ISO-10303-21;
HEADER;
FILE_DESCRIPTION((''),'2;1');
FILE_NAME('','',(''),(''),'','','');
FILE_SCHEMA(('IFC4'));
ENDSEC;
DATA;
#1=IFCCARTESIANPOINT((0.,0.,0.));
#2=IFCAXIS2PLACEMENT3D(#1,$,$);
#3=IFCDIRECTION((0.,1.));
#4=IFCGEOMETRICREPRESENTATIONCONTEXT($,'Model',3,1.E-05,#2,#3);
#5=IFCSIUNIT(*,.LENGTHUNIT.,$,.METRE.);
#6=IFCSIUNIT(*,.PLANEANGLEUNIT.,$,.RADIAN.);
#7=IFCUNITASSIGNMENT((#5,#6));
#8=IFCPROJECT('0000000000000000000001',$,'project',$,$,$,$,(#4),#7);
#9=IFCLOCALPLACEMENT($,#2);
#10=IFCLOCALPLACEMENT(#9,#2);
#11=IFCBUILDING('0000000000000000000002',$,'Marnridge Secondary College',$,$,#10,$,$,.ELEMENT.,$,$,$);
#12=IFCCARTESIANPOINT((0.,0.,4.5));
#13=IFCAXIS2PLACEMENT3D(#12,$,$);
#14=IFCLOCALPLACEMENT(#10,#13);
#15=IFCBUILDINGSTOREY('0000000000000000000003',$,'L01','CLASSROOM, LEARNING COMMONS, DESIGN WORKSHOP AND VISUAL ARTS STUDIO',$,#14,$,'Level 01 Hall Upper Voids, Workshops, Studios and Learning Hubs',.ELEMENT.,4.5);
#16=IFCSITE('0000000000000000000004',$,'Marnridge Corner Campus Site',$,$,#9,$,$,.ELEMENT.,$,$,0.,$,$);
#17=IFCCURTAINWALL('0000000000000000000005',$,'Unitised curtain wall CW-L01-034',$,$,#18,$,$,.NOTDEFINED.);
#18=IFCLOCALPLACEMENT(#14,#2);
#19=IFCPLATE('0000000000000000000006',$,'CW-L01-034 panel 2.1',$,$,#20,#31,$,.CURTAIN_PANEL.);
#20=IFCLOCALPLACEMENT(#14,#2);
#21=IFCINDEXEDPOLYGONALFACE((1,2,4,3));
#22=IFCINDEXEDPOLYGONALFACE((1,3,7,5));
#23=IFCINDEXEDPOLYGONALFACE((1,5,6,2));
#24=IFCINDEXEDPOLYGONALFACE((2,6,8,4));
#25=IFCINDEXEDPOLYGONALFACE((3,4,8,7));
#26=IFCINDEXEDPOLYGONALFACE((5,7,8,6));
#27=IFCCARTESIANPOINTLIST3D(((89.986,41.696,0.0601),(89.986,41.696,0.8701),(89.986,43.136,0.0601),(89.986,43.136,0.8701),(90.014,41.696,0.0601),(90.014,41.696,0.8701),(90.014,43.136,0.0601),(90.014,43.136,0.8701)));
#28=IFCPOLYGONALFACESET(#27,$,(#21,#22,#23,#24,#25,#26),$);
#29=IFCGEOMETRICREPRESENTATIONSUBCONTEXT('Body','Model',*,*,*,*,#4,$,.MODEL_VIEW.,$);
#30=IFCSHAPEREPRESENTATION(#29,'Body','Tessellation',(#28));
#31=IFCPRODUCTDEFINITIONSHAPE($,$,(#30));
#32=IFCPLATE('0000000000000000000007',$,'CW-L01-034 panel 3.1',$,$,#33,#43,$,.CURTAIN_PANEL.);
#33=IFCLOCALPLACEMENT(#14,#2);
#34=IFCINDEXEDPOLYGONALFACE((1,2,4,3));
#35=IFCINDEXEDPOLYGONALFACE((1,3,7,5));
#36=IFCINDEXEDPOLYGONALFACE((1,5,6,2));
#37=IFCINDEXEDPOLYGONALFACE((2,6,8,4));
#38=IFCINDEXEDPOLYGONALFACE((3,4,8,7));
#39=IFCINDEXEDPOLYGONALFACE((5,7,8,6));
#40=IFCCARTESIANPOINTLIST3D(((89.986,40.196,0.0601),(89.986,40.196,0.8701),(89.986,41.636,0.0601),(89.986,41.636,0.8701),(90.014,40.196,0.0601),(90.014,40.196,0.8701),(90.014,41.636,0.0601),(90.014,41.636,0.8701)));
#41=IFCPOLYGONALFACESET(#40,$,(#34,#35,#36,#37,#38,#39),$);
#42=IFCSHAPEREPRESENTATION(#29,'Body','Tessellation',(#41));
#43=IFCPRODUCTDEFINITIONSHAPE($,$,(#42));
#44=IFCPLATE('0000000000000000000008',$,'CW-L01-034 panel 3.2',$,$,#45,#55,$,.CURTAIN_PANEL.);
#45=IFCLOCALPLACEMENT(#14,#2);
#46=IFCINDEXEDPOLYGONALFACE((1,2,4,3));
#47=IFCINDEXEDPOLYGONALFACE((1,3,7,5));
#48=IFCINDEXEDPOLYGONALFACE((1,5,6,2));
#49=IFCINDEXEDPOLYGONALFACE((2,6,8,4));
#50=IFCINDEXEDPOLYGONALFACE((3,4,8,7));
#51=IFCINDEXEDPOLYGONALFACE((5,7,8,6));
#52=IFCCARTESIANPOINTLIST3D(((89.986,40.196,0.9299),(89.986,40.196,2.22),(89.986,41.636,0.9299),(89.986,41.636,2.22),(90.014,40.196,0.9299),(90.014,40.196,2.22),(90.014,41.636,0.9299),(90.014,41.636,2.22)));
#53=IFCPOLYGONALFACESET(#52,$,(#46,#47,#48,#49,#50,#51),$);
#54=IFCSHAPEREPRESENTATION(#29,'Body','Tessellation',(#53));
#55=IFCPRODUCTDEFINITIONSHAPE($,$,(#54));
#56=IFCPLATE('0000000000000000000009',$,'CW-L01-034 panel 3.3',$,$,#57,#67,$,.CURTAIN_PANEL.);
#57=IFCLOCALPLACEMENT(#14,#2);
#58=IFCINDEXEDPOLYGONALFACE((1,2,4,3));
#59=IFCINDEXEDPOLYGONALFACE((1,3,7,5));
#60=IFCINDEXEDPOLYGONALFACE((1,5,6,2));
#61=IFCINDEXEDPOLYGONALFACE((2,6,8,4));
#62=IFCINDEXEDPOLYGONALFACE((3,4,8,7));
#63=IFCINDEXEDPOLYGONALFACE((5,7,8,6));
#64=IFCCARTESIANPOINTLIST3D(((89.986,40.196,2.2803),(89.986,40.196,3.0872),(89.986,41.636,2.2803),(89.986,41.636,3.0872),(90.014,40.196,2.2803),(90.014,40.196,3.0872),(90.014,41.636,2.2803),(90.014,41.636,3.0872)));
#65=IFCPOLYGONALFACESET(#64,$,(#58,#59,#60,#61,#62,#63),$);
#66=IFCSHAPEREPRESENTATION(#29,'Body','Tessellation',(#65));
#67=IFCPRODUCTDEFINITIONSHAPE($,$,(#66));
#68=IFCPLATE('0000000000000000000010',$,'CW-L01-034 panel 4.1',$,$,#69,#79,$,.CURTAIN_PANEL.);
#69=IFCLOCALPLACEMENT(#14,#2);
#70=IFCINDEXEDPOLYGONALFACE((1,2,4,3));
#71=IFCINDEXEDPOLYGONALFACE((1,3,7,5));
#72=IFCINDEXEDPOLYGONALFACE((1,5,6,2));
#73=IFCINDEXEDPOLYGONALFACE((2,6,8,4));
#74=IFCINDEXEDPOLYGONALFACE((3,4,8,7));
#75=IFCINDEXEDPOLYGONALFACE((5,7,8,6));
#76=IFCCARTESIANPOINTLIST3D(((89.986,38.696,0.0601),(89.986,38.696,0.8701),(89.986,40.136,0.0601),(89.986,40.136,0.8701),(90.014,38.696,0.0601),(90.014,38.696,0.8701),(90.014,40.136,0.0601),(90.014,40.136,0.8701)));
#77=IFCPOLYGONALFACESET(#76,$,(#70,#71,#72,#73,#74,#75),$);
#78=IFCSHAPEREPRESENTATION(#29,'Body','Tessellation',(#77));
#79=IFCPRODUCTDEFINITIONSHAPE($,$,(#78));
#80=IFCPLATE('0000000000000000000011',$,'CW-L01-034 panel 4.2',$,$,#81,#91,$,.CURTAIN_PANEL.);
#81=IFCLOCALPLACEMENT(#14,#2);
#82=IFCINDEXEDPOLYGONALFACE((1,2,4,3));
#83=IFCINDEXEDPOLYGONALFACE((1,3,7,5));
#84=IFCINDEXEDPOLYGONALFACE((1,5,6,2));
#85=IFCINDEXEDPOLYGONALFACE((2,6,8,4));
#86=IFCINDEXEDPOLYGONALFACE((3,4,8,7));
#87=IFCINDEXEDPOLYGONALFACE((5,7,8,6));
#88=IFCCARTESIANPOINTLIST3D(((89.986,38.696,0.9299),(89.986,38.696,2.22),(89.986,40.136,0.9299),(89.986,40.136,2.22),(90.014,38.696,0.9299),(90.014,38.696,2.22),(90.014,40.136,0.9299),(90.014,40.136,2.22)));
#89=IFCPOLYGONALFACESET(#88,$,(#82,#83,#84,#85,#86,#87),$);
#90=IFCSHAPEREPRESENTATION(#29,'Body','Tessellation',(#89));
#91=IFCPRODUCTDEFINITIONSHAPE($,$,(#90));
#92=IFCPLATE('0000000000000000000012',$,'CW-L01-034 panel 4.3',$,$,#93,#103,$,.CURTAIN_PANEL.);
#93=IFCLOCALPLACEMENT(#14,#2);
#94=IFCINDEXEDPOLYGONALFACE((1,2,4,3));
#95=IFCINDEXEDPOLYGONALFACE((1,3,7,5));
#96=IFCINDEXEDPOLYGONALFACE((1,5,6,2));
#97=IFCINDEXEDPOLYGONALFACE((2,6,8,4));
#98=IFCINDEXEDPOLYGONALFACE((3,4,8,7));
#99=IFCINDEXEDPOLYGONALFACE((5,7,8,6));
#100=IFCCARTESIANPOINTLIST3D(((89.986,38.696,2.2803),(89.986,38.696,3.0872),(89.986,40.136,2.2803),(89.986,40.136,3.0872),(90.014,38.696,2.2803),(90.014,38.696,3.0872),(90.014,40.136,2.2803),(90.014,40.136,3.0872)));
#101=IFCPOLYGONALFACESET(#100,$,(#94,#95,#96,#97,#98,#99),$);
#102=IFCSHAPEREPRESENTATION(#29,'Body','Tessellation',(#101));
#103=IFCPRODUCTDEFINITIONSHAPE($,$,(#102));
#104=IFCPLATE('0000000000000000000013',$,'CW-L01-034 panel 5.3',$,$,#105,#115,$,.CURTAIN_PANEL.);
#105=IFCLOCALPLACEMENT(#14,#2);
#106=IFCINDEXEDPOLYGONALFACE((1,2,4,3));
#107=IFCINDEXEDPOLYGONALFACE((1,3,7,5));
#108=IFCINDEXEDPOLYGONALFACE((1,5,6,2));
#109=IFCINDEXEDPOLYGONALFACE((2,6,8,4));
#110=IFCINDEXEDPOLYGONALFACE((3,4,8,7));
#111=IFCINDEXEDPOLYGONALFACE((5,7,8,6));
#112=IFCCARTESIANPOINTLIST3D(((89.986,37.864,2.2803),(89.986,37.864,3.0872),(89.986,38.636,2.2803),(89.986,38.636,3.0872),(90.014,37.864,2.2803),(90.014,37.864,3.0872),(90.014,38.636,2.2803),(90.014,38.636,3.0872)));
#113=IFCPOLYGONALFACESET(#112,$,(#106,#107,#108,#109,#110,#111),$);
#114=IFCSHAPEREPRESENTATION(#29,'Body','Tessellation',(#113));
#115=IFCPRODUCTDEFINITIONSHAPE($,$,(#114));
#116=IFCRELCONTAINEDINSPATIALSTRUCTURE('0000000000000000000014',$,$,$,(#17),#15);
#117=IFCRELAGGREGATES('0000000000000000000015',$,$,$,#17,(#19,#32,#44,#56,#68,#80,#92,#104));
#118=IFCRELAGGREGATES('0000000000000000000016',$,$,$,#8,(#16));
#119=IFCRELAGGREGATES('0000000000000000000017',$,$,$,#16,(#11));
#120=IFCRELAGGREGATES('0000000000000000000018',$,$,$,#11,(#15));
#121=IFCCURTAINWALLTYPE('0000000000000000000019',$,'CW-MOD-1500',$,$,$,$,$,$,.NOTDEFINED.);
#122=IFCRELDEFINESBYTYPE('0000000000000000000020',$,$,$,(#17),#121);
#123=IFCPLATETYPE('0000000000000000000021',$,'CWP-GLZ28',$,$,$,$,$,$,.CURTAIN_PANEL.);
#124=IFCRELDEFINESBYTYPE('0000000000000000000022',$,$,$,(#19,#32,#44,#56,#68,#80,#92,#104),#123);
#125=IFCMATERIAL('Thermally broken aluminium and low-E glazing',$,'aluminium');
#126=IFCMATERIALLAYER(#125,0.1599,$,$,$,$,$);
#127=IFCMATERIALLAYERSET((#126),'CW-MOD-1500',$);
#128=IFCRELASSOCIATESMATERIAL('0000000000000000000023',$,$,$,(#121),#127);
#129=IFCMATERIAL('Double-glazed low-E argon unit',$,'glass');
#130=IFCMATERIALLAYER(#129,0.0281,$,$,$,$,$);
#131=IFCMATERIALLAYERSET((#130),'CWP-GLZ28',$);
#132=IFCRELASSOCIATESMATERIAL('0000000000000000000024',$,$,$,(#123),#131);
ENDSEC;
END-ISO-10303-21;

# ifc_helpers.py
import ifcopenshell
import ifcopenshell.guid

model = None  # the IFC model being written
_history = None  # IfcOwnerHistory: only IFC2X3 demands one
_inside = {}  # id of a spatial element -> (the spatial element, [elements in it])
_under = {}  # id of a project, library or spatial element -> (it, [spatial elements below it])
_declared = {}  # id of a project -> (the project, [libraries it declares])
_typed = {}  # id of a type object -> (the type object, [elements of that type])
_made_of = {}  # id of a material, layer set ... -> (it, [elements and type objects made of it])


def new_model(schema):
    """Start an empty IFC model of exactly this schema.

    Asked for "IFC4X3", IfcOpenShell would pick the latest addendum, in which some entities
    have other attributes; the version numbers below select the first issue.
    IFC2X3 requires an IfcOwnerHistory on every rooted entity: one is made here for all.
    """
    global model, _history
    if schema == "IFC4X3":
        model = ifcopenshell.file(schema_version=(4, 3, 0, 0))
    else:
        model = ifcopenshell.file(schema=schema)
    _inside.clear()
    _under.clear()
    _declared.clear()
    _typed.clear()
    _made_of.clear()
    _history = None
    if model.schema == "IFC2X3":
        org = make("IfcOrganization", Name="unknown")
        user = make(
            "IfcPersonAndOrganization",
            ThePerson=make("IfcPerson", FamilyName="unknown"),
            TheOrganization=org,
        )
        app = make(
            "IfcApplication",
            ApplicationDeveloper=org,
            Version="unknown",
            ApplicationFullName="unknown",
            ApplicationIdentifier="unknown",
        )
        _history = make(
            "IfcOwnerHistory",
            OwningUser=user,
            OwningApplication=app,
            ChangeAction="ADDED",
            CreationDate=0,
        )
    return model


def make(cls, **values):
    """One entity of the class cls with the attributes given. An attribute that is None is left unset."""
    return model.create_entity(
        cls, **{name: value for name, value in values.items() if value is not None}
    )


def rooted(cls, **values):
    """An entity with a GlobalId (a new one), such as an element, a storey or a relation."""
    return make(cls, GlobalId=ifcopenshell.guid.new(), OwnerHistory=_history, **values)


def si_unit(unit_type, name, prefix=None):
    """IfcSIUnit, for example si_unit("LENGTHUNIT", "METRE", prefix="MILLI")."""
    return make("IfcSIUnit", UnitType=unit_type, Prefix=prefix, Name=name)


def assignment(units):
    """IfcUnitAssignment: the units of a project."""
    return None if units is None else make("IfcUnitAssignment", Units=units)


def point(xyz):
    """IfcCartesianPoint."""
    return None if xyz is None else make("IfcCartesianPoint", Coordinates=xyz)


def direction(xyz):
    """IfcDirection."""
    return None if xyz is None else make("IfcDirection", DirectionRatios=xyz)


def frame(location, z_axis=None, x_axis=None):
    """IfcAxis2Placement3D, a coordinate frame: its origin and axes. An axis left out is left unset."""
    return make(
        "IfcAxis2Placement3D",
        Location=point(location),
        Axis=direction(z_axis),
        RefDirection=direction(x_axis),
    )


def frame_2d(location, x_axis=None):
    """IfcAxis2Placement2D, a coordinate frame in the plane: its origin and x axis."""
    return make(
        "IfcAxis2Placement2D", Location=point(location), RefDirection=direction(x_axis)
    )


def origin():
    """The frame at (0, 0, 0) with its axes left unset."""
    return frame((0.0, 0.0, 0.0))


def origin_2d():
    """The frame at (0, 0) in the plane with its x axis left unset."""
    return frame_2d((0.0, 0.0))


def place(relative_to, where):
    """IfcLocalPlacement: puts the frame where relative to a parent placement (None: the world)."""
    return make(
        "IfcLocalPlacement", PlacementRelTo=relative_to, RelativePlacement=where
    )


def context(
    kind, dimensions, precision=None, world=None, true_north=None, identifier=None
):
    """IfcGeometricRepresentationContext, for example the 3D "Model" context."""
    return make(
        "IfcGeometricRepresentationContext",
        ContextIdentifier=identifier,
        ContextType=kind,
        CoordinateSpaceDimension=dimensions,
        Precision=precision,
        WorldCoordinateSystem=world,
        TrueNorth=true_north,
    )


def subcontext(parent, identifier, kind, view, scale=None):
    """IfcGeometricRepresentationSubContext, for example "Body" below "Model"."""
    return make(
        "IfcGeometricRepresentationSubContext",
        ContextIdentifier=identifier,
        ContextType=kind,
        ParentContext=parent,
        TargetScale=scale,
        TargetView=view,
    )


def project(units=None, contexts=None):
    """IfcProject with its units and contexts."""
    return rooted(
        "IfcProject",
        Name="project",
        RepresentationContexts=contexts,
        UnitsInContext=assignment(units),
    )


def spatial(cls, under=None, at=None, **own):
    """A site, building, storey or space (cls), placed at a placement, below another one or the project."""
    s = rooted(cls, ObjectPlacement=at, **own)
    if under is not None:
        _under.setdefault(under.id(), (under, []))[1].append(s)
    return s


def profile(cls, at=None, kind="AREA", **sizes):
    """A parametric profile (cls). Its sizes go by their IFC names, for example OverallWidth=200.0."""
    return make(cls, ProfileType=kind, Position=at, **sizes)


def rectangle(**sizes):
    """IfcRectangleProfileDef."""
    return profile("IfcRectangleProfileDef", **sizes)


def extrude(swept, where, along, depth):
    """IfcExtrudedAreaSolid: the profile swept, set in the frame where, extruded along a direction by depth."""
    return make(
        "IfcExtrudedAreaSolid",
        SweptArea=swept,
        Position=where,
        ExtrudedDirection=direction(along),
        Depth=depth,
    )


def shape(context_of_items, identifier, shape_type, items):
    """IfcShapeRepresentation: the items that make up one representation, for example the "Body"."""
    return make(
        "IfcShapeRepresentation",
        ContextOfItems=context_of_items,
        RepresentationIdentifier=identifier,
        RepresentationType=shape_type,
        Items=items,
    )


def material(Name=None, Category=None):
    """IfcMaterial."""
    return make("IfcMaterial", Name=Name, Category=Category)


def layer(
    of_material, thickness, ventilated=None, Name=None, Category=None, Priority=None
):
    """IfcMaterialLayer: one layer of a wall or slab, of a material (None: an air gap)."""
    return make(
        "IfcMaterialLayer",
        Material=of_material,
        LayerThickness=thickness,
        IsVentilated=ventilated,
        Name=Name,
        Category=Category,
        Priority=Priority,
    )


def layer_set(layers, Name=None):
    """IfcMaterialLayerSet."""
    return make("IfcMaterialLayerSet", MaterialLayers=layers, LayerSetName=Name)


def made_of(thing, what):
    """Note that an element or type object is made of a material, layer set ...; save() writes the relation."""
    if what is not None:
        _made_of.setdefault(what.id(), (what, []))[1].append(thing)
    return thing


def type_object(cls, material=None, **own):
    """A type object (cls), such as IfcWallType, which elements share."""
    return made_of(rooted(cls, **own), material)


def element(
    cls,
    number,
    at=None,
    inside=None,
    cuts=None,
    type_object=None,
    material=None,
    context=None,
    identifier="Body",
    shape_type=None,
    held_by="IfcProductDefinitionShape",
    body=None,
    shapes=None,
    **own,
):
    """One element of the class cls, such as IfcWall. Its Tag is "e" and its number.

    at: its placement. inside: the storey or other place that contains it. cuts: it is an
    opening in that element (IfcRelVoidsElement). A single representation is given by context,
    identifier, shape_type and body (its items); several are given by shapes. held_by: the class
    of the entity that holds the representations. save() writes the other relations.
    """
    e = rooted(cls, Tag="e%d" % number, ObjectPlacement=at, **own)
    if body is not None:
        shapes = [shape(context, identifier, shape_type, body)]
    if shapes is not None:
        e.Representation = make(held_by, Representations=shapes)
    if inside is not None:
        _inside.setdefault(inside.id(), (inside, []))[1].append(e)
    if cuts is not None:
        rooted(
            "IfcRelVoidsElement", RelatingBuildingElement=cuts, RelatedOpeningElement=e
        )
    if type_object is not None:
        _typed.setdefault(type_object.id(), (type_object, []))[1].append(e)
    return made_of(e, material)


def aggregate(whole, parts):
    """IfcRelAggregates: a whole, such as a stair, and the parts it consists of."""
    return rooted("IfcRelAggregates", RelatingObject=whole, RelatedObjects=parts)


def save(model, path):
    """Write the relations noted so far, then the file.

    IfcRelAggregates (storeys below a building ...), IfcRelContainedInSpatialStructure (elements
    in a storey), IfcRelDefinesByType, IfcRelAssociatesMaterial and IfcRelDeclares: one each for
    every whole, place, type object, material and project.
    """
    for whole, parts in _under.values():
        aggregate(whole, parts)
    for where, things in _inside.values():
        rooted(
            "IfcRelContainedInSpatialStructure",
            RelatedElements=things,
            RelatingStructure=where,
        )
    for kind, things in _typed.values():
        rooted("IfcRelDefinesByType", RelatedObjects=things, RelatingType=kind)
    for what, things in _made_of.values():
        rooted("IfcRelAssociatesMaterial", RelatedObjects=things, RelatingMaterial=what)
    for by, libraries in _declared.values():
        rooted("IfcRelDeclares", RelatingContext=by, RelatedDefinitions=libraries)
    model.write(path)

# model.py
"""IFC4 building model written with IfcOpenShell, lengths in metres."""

from ifc_helpers import new_model, si_unit, direction, frame, origin, origin_2d, place, context, subcontext, project, spatial, rectangle, extrude, material, layer, layer_set, type_object, element, aggregate, save


model = new_model("IFC4")

# Units and contexts
model_context = context("Model", 3, precision=1e-05, world=origin(), true_north=direction((0.0, 1.0)))
body_context = subcontext(model_context, "Body", "Model", "MODEL_VIEW")
ifc_project = project(units=[si_unit("LENGTHUNIT", "METRE"), si_unit("PLANEANGLEUNIT", "RADIAN")], contexts=[model_context])

# Site, building, storey
site_placement = place(None, origin())
site = spatial("IfcSite", under=ifc_project, at=site_placement, Name="Marnridge Corner Campus Site", CompositionType="ELEMENT", RefElevation=0.0)
building_placement = place(site_placement, origin())
building = spatial("IfcBuilding", under=site, at=building_placement, Name="Marnridge Secondary College", CompositionType="ELEMENT")
storey_placement = place(building_placement, frame((0.0, 0.0, 4.5)))
storey = spatial("IfcBuildingStorey", under=building, at=storey_placement, Name="L01", Description="CLASSROOM, LEARNING COMMONS, DESIGN WORKSHOP AND VISUAL ARTS STUDIO", LongName="Level 01 Hall Upper Voids, Workshops, Studios and Learning Hubs", CompositionType="ELEMENT", Elevation=4.5)

# Curtain wall, plates
ifc_material_1 = material(Name="Thermally broken aluminium and low-E glazing", Category="aluminium")
ifc_layer_1 = layer(ifc_material_1, 0.1599)
ifc_layer_set_1 = layer_set([ifc_layer_1], Name="CW-MOD-1500")
curtain_wall_type = type_object("IfcCurtainWallType", Name="CW-MOD-1500", PredefinedType="NOTDEFINED", material=ifc_layer_set_1)
curtain_wall_placement = place(storey_placement, origin())
curtain_wall = element("IfcCurtainWall", 1, at=curtain_wall_placement, inside=storey, type_object=curtain_wall_type, Name="Unitised curtain wall CW-L01-034", PredefinedType="NOTDEFINED")
ifc_material_2 = material(Name="Double-glazed low-E argon unit", Category="glass")
ifc_layer_2 = layer(ifc_material_2, 0.0281)
ifc_layer_set_2 = layer_set([ifc_layer_2], Name="CWP-GLZ28")
plate_type = type_object("IfcPlateType", Name="CWP-GLZ28", PredefinedType="CURTAIN_PANEL", material=ifc_layer_set_2)
plate_1_placement = place(storey_placement, frame((90.0, 42.416, 0.0601), z_axis=(0.0, 0.0, 1.0), x_axis=(0.0, -1.0, 0.0)))
plate_1 = element("IfcPlate", 2, at=plate_1_placement, type_object=plate_type, Name="CW-L01-034 panel 2.1", PredefinedType="CURTAIN_PANEL", context=body_context, shape_type="SweptSolid", body=[
    extrude(rectangle(XDim=1.4399, YDim=0.0281, at=origin_2d()), origin(), (0.0, 0.0, 1.0), 0.8101),
])
plate_2_placement = place(storey_placement, frame((90.0, 40.916, 0.0601), z_axis=(0.0, 0.0, 1.0), x_axis=(0.0, -1.0, 0.0)))
plate_2 = element("IfcPlate", 3, at=plate_2_placement, type_object=plate_type, Name="CW-L01-034 panel 3.1", PredefinedType="CURTAIN_PANEL", context=body_context, shape_type="SweptSolid", body=[
    extrude(rectangle(XDim=1.4399, YDim=0.0281, at=origin_2d()), origin(), (0.0, 0.0, 1.0), 0.8101),
])
plate_3_placement = place(storey_placement, frame((90.0, 40.916, 0.9299), z_axis=(0.0, 0.0, 1.0), x_axis=(0.0, -1.0, 0.0)))
plate_3 = element("IfcPlate", 4, at=plate_3_placement, type_object=plate_type, Name="CW-L01-034 panel 3.2", PredefinedType="CURTAIN_PANEL", context=body_context, shape_type="SweptSolid", body=[
    extrude(rectangle(XDim=1.4399, YDim=0.0281, at=origin_2d()), origin(), (0.0, 0.0, 1.0), 1.29),
])
plate_4_placement = place(storey_placement, frame((90.0, 40.916, 2.2803), z_axis=(0.0, 0.0, 1.0), x_axis=(0.0, -1.0, 0.0)))
plate_4 = element("IfcPlate", 5, at=plate_4_placement, type_object=plate_type, Name="CW-L01-034 panel 3.3", PredefinedType="CURTAIN_PANEL", context=body_context, shape_type="SweptSolid", body=[
    extrude(rectangle(XDim=1.4399, YDim=0.0281, at=origin_2d()), origin(), (0.0, 0.0, 1.0), 0.8069),
])
plate_5_placement = place(storey_placement, frame((90.0, 39.416, 0.0601), z_axis=(0.0, 0.0, 1.0), x_axis=(0.0, -1.0, 0.0)))
plate_5 = element("IfcPlate", 6, at=plate_5_placement, type_object=plate_type, Name="CW-L01-034 panel 4.1", PredefinedType="CURTAIN_PANEL", context=body_context, shape_type="SweptSolid", body=[
    extrude(rectangle(XDim=1.4399, YDim=0.0281, at=origin_2d()), origin(), (0.0, 0.0, 1.0), 0.8101),
])
plate_6_placement = place(storey_placement, frame((90.0, 39.416, 0.9299), z_axis=(0.0, 0.0, 1.0), x_axis=(0.0, -1.0, 0.0)))
plate_6 = element("IfcPlate", 7, at=plate_6_placement, type_object=plate_type, Name="CW-L01-034 panel 4.2", PredefinedType="CURTAIN_PANEL", context=body_context, shape_type="SweptSolid", body=[
    extrude(rectangle(XDim=1.4399, YDim=0.0281, at=origin_2d()), origin(), (0.0, 0.0, 1.0), 1.29),
])
plate_7_placement = place(storey_placement, frame((90.0, 39.416, 2.2803), z_axis=(0.0, 0.0, 1.0), x_axis=(0.0, -1.0, 0.0)))
plate_7 = element("IfcPlate", 8, at=plate_7_placement, type_object=plate_type, Name="CW-L01-034 panel 4.3", PredefinedType="CURTAIN_PANEL", context=body_context, shape_type="SweptSolid", body=[
    extrude(rectangle(XDim=1.4399, YDim=0.0281, at=origin_2d()), origin(), (0.0, 0.0, 1.0), 0.8069),
])
plate_8_placement = place(storey_placement, frame((90.0, 38.25, 2.2803), z_axis=(0.0, 0.0, 1.0), x_axis=(0.0, -1.0, 0.0)))
plate_8 = element("IfcPlate", 9, at=plate_8_placement, type_object=plate_type, Name="CW-L01-034 panel 5.3", PredefinedType="CURTAIN_PANEL", context=body_context, shape_type="SweptSolid", body=[
    extrude(rectangle(XDim=0.772, YDim=0.0281, at=origin_2d()), origin(), (0.0, 0.0, 1.0), 0.8069),
])
aggregate(curtain_wall, [plate_1, plate_2, plate_3, plate_4, plate_5, plate_6, plate_7, plate_8])

save(model, "model.ifc")
